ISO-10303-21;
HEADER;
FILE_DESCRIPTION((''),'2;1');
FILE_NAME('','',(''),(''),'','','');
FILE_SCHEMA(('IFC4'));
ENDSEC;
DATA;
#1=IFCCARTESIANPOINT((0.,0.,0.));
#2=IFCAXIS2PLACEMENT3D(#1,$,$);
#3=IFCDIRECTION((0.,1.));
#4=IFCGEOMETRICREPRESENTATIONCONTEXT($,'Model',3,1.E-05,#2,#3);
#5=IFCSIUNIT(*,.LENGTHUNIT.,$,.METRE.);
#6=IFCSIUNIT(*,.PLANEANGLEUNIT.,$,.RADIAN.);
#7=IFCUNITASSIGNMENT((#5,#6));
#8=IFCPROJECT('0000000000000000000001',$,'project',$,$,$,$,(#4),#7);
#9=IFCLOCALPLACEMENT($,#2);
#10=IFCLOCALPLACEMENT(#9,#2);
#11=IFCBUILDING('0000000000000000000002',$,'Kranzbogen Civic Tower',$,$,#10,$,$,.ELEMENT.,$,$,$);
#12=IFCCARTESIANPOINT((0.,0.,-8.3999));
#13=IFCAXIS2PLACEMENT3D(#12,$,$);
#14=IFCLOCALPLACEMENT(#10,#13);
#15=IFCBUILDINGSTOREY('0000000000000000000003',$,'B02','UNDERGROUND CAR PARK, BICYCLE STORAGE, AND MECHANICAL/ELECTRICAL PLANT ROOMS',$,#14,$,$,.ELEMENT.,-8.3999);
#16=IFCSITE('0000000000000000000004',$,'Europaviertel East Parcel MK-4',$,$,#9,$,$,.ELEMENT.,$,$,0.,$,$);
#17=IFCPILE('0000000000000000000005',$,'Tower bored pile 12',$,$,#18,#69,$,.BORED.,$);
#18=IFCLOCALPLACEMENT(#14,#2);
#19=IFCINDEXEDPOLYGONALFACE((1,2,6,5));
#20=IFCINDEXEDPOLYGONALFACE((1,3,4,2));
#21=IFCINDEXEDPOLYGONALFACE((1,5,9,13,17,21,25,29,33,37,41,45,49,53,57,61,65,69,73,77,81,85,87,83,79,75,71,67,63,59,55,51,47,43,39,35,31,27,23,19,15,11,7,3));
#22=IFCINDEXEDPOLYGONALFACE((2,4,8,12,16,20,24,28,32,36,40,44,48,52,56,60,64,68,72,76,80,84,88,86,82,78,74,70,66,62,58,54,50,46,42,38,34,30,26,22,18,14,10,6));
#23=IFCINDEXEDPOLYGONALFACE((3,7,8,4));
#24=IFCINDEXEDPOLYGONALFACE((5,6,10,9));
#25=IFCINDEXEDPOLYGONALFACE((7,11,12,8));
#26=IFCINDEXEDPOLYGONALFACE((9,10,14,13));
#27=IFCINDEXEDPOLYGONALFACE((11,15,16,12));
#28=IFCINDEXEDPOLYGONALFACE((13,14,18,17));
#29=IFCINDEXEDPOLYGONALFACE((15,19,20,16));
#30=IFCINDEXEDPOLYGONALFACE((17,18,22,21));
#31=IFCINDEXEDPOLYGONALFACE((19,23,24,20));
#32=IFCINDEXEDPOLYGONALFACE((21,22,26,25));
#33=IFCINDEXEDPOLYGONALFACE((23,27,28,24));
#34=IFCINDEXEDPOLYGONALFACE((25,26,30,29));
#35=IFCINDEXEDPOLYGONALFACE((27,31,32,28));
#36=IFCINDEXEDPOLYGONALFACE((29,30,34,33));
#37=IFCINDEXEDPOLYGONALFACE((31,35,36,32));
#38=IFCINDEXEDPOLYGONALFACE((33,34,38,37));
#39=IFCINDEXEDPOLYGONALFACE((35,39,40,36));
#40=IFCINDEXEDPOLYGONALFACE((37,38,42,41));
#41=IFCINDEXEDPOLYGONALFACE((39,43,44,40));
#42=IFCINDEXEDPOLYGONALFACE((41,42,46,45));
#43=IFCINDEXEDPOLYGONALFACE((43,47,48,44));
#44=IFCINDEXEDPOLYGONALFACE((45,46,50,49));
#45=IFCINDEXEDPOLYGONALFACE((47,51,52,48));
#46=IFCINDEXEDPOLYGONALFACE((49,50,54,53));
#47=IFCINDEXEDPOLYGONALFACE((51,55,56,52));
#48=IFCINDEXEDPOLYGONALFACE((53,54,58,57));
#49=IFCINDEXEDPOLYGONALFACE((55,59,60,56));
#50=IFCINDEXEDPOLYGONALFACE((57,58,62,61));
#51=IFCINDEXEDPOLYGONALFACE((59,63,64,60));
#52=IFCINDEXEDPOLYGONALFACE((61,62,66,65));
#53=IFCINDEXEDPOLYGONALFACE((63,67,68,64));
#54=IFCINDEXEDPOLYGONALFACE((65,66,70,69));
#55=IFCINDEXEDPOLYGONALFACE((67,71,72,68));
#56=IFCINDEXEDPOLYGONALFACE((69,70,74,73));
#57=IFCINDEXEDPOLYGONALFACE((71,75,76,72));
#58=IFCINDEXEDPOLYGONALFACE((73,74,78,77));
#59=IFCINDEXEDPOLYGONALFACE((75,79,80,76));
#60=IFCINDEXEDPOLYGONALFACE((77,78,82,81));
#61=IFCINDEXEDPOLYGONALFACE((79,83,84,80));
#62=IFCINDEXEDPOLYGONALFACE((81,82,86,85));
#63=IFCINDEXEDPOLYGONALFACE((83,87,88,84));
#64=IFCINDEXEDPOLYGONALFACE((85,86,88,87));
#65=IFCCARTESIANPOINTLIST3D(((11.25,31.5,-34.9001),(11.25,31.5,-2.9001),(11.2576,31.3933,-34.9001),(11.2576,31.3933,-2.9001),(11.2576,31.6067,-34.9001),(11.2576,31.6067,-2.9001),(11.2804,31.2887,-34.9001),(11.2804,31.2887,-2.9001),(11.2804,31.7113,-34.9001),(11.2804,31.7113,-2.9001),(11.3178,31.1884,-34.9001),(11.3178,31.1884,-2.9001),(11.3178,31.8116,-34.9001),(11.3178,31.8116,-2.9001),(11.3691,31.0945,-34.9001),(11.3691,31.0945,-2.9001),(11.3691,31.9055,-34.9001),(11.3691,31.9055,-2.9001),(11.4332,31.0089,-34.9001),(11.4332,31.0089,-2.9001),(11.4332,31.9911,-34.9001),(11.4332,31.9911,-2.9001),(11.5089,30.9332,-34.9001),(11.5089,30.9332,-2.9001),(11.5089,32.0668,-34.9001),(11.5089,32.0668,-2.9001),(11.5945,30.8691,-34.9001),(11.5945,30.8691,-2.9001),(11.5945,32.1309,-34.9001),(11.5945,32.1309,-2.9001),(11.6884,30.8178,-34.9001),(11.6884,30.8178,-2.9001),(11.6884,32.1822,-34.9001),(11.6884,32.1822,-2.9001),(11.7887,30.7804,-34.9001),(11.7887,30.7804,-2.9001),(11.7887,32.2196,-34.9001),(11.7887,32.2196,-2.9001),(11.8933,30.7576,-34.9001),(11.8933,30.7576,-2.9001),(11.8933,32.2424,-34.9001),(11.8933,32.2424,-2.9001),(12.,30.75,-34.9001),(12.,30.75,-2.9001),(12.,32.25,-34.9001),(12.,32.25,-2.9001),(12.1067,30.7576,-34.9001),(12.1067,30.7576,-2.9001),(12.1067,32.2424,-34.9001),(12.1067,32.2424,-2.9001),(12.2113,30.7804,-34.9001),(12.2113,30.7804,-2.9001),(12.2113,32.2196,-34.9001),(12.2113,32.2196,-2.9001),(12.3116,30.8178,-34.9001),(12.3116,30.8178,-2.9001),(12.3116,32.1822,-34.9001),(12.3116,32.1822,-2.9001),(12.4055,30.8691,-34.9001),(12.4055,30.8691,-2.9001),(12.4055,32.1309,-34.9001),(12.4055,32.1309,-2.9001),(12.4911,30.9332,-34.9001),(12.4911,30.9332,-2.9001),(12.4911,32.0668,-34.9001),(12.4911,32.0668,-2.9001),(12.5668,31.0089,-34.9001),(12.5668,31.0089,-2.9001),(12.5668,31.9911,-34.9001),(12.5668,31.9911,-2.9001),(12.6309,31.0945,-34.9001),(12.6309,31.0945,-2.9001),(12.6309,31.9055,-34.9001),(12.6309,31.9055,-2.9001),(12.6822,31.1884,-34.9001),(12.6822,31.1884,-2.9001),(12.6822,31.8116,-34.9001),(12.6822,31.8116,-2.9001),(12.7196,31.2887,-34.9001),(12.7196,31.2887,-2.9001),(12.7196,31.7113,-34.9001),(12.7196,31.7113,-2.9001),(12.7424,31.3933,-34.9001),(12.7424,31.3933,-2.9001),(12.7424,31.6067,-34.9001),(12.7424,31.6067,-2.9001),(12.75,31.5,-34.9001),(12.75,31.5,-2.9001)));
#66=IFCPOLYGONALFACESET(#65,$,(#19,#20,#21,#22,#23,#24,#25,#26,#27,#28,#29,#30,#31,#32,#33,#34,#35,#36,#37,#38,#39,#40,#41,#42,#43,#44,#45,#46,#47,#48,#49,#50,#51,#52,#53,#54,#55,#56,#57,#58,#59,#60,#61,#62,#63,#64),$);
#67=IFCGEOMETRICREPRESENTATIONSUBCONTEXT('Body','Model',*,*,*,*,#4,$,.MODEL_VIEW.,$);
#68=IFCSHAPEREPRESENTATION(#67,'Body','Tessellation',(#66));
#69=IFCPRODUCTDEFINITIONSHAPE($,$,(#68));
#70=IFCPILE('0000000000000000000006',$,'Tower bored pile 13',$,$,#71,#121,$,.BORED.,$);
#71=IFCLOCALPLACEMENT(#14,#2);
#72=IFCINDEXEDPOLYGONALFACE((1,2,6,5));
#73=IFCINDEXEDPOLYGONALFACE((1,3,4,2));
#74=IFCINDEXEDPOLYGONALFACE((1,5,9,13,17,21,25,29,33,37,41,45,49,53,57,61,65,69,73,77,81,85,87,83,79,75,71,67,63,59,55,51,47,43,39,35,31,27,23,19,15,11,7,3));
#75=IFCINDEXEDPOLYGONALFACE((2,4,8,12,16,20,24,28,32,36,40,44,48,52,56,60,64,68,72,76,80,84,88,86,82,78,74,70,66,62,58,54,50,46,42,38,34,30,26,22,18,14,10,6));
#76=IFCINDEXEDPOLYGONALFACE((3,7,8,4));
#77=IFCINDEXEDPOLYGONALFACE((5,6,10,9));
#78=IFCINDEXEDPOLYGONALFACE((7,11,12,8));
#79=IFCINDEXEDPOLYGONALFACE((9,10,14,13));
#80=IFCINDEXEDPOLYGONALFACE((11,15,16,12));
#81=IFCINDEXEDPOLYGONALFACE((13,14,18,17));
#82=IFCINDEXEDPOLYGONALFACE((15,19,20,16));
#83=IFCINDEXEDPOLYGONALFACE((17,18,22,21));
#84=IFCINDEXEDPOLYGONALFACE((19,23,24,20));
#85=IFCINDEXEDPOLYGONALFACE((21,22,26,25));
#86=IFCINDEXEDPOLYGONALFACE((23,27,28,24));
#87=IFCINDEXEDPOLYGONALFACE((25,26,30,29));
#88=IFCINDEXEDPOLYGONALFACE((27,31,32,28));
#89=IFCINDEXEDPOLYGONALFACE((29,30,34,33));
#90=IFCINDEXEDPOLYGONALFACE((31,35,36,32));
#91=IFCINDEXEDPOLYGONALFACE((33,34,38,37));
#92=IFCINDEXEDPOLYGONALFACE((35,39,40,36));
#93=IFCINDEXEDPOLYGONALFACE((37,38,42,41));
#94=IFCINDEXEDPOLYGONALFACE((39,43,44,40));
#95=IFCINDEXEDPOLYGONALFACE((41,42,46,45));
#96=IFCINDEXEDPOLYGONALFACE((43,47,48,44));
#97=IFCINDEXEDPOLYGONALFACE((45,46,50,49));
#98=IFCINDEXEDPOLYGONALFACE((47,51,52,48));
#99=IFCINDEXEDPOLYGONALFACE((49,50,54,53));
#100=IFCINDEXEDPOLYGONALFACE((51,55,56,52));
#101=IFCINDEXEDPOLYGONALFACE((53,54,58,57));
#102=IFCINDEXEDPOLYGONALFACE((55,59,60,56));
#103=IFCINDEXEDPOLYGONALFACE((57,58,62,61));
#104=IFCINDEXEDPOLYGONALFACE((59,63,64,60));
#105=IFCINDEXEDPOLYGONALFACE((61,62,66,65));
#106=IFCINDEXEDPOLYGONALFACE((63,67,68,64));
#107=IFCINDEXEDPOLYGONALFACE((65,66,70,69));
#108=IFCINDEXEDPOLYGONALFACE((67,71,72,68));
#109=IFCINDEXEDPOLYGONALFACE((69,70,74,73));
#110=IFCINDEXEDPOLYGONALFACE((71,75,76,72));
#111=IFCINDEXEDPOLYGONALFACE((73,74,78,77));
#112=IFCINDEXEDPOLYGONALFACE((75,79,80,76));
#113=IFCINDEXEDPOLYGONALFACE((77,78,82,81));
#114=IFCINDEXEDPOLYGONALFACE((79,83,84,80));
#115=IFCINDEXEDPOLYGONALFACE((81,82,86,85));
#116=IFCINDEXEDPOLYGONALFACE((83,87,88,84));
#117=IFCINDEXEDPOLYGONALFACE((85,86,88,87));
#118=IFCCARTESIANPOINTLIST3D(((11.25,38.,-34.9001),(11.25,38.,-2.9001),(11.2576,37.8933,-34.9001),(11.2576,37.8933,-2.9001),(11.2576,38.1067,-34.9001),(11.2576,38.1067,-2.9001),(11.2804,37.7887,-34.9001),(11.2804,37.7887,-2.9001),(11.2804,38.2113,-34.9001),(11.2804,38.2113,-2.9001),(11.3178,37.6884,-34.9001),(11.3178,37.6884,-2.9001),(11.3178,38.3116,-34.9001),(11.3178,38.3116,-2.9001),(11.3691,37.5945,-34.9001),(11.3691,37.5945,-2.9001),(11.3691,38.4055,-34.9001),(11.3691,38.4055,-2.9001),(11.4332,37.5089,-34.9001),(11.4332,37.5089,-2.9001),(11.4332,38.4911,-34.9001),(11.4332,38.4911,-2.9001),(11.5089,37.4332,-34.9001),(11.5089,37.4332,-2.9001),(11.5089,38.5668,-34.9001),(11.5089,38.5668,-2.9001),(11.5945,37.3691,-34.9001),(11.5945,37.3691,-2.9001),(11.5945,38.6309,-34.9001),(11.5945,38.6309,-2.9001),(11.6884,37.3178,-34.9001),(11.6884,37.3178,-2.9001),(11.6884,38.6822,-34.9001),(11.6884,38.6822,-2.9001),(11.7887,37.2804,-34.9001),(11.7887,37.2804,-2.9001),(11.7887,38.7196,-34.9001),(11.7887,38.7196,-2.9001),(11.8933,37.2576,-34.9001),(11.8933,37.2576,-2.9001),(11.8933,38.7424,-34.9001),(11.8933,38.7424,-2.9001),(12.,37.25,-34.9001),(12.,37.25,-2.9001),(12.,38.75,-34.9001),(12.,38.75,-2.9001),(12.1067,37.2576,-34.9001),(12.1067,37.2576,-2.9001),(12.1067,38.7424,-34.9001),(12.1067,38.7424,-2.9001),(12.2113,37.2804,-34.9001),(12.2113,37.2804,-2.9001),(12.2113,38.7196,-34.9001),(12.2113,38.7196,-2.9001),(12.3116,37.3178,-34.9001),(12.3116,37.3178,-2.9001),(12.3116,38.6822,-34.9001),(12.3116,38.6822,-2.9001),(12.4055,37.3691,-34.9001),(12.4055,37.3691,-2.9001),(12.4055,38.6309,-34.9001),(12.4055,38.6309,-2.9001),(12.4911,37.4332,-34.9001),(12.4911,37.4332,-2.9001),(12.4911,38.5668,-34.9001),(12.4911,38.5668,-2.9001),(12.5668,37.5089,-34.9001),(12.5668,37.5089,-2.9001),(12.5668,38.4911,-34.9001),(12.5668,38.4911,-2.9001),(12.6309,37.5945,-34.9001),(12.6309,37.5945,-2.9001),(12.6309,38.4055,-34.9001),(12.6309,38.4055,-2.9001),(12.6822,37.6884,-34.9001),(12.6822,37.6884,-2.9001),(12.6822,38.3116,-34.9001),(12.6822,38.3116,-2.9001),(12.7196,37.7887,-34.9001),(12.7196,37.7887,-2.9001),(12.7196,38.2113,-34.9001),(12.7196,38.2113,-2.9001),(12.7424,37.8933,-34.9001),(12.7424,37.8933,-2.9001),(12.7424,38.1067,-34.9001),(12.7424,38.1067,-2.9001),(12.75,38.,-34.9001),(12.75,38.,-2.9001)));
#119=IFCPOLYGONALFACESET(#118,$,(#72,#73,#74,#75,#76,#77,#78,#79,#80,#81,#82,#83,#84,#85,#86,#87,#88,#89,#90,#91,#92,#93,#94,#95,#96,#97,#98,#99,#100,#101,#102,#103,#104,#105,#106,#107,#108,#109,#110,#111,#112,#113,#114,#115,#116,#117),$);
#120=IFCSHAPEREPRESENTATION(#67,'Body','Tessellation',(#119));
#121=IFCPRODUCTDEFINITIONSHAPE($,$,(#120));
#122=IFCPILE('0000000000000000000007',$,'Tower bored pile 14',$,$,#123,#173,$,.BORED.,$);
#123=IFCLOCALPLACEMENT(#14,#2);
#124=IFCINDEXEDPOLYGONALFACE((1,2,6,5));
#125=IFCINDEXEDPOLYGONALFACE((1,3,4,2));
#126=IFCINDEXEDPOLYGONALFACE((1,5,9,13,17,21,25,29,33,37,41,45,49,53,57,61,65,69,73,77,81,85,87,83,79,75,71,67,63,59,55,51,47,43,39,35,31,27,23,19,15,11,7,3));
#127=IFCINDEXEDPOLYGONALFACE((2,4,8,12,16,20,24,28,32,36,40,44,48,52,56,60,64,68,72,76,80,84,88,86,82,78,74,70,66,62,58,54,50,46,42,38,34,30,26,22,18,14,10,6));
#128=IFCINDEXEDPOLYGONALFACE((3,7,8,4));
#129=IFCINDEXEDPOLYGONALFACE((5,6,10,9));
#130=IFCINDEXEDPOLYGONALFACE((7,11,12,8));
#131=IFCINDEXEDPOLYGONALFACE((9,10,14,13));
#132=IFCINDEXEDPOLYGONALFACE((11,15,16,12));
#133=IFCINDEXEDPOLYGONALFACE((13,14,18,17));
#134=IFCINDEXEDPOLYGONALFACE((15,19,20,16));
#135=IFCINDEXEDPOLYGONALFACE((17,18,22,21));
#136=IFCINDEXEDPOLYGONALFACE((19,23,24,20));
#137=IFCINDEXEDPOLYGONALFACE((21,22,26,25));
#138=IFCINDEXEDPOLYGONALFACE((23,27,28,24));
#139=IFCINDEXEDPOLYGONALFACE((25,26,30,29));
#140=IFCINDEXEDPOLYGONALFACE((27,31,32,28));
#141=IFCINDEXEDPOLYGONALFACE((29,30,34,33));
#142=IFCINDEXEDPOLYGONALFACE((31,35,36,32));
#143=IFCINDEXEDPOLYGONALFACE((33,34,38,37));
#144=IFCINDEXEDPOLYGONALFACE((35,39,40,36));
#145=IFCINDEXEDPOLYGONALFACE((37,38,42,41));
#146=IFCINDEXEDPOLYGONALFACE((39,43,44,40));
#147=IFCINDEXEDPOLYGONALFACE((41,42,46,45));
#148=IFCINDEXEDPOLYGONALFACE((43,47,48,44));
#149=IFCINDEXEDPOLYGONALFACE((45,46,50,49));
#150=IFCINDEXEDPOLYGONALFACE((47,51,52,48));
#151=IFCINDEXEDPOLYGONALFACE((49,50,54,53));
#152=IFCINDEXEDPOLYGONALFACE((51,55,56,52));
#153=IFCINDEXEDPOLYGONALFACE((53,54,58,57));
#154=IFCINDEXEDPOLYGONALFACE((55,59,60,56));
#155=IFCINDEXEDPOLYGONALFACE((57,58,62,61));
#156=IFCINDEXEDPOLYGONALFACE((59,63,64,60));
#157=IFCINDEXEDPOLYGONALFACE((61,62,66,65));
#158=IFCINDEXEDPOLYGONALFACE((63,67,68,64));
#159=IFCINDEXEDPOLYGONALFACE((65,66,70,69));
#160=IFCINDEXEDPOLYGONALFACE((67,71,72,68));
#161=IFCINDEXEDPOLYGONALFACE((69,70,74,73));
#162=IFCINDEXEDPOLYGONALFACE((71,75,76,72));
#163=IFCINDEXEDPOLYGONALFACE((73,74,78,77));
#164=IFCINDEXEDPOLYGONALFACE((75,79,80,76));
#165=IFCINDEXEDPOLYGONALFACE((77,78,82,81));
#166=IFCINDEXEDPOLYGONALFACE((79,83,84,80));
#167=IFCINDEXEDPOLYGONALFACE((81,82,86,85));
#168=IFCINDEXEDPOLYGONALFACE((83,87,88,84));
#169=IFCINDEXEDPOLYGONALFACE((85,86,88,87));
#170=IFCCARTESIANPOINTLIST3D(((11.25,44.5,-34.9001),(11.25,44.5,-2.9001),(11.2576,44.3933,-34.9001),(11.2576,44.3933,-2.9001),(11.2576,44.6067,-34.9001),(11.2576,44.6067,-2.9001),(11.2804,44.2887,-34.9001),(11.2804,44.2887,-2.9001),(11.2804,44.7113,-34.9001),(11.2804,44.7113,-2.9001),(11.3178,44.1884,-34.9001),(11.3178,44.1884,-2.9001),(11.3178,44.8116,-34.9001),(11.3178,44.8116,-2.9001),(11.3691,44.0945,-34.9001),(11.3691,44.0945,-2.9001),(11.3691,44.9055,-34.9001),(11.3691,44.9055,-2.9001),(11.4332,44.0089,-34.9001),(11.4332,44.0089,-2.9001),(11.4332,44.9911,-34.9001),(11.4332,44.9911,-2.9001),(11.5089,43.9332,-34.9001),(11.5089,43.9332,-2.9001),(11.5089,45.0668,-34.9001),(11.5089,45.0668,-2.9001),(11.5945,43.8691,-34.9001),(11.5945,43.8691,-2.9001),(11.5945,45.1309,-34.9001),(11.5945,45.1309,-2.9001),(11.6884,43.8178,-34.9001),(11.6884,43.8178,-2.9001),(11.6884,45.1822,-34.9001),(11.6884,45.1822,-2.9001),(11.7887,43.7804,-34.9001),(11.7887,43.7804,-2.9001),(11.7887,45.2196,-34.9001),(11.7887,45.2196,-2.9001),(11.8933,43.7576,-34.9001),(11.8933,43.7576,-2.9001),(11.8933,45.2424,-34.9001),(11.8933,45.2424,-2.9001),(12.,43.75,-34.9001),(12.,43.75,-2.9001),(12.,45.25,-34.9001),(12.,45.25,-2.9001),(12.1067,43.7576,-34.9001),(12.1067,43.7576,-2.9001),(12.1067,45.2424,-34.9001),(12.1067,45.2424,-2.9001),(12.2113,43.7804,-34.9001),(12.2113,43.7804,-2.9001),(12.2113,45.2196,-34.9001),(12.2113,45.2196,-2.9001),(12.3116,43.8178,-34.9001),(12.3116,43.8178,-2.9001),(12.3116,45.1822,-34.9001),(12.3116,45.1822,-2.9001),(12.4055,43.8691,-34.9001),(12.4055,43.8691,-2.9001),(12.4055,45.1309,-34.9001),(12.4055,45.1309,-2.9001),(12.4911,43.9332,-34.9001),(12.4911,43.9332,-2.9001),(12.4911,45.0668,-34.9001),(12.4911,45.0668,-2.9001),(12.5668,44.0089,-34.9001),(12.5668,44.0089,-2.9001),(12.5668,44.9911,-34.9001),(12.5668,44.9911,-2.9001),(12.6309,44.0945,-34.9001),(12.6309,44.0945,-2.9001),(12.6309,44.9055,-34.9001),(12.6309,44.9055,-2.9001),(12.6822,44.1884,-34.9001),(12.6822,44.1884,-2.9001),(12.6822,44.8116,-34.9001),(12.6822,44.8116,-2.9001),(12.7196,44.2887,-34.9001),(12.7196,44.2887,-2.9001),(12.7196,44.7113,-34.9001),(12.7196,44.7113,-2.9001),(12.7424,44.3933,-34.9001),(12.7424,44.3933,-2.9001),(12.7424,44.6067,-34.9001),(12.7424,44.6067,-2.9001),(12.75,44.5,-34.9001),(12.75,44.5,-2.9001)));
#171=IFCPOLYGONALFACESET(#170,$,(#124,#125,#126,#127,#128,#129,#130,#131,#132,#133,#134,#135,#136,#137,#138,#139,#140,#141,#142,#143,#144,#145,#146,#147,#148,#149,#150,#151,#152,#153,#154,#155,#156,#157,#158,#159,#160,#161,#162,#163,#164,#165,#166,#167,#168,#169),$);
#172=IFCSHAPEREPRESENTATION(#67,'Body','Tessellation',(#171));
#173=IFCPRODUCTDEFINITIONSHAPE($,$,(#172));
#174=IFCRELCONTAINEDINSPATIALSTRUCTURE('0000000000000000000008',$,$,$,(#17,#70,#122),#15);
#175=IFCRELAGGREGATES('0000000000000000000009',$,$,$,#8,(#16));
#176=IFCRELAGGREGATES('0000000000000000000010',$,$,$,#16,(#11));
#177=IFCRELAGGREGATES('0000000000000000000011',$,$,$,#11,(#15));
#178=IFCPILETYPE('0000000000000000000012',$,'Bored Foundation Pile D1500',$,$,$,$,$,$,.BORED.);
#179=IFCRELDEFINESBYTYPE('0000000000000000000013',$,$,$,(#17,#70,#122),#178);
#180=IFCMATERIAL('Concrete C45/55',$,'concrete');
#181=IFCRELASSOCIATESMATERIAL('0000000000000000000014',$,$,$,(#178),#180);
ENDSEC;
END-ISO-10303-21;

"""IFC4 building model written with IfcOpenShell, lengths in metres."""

from ifc_helpers import new_model, si_unit, direction, frame, origin, origin_2d, place, context, subcontext, project, spatial, circle, extrude, material, material_profile, profile_set, type_object, element, save


model = new_model("IFC4")

# Units and contexts
model_context = context("Model", 3, precision=1e-05, world=origin(), true_north=direction((0.0, 1.0)))
body_context = subcontext(model_context, "Body", "Model", "MODEL_VIEW")
ifc_project = project(units=[si_unit("LENGTHUNIT", "METRE"), si_unit("PLANEANGLEUNIT", "RADIAN")], contexts=[model_context])

# Site, building, storey
site_placement = place(None, origin())
site = spatial("IfcSite", under=ifc_project, at=site_placement, Name="Europaviertel East Parcel MK-4", CompositionType="ELEMENT", RefElevation=0.0)
building_placement = place(site_placement, origin())
building = spatial("IfcBuilding", under=site, at=building_placement, Name="Kranzbogen Civic Tower", CompositionType="ELEMENT")
storey_placement = place(building_placement, frame((0.0, 0.0, -8.3999)))
storey = spatial("IfcBuildingStorey", under=building, at=storey_placement, Name="B02", Description="UNDERGROUND CAR PARK, BICYCLE STORAGE, AND MECHANICAL/ELECTRICAL PLANT ROOMS", CompositionType="ELEMENT", Elevation=-8.3999)

# Piles
ifc_material_1 = material(Name="Concrete C45/55", Category="concrete")
ifc_material_profile_1 = material_profile(ifc_material_1, circle(Radius=0.75, at=origin_2d()), Name="PILE D1500")
ifc_profile_set_1 = profile_set([ifc_material_profile_1], Name="Concrete C45/55")
pile_type = type_object("IfcPileType", Name="Bored Foundation Pile D1500", PredefinedType="BORED", material=ifc_profile_set_1)
for number, where, z_axis, x_axis, name in (
    (1, (12.0, 31.5, -2.9001), (0.0, 0.0, -1.0), (1.0, 0.0, 0.0), "Tower bored pile 12"),
    (2, (12.0, 38.0, -2.9001), (0.0, 0.0, -1.0), (1.0, 0.0, 0.0), "Tower bored pile 13"),
    (3, (12.0, 44.5, -2.9001), (0.0, 0.0, -1.0), (1.0, 0.0, 0.0), "Tower bored pile 14"),
):
    element("IfcPile", number, at=place(storey_placement, frame(where, z_axis=z_axis, x_axis=x_axis)), inside=storey, type_object=pile_type, Name=name, PredefinedType="BORED", context=body_context, shape_type="SweptSolid", body=[
        extrude(circle(Radius=0.75, at=origin_2d()), origin(), (0.0, 0.0, 1.0), 32.0),
    ])

save(model, "model.ifc")
